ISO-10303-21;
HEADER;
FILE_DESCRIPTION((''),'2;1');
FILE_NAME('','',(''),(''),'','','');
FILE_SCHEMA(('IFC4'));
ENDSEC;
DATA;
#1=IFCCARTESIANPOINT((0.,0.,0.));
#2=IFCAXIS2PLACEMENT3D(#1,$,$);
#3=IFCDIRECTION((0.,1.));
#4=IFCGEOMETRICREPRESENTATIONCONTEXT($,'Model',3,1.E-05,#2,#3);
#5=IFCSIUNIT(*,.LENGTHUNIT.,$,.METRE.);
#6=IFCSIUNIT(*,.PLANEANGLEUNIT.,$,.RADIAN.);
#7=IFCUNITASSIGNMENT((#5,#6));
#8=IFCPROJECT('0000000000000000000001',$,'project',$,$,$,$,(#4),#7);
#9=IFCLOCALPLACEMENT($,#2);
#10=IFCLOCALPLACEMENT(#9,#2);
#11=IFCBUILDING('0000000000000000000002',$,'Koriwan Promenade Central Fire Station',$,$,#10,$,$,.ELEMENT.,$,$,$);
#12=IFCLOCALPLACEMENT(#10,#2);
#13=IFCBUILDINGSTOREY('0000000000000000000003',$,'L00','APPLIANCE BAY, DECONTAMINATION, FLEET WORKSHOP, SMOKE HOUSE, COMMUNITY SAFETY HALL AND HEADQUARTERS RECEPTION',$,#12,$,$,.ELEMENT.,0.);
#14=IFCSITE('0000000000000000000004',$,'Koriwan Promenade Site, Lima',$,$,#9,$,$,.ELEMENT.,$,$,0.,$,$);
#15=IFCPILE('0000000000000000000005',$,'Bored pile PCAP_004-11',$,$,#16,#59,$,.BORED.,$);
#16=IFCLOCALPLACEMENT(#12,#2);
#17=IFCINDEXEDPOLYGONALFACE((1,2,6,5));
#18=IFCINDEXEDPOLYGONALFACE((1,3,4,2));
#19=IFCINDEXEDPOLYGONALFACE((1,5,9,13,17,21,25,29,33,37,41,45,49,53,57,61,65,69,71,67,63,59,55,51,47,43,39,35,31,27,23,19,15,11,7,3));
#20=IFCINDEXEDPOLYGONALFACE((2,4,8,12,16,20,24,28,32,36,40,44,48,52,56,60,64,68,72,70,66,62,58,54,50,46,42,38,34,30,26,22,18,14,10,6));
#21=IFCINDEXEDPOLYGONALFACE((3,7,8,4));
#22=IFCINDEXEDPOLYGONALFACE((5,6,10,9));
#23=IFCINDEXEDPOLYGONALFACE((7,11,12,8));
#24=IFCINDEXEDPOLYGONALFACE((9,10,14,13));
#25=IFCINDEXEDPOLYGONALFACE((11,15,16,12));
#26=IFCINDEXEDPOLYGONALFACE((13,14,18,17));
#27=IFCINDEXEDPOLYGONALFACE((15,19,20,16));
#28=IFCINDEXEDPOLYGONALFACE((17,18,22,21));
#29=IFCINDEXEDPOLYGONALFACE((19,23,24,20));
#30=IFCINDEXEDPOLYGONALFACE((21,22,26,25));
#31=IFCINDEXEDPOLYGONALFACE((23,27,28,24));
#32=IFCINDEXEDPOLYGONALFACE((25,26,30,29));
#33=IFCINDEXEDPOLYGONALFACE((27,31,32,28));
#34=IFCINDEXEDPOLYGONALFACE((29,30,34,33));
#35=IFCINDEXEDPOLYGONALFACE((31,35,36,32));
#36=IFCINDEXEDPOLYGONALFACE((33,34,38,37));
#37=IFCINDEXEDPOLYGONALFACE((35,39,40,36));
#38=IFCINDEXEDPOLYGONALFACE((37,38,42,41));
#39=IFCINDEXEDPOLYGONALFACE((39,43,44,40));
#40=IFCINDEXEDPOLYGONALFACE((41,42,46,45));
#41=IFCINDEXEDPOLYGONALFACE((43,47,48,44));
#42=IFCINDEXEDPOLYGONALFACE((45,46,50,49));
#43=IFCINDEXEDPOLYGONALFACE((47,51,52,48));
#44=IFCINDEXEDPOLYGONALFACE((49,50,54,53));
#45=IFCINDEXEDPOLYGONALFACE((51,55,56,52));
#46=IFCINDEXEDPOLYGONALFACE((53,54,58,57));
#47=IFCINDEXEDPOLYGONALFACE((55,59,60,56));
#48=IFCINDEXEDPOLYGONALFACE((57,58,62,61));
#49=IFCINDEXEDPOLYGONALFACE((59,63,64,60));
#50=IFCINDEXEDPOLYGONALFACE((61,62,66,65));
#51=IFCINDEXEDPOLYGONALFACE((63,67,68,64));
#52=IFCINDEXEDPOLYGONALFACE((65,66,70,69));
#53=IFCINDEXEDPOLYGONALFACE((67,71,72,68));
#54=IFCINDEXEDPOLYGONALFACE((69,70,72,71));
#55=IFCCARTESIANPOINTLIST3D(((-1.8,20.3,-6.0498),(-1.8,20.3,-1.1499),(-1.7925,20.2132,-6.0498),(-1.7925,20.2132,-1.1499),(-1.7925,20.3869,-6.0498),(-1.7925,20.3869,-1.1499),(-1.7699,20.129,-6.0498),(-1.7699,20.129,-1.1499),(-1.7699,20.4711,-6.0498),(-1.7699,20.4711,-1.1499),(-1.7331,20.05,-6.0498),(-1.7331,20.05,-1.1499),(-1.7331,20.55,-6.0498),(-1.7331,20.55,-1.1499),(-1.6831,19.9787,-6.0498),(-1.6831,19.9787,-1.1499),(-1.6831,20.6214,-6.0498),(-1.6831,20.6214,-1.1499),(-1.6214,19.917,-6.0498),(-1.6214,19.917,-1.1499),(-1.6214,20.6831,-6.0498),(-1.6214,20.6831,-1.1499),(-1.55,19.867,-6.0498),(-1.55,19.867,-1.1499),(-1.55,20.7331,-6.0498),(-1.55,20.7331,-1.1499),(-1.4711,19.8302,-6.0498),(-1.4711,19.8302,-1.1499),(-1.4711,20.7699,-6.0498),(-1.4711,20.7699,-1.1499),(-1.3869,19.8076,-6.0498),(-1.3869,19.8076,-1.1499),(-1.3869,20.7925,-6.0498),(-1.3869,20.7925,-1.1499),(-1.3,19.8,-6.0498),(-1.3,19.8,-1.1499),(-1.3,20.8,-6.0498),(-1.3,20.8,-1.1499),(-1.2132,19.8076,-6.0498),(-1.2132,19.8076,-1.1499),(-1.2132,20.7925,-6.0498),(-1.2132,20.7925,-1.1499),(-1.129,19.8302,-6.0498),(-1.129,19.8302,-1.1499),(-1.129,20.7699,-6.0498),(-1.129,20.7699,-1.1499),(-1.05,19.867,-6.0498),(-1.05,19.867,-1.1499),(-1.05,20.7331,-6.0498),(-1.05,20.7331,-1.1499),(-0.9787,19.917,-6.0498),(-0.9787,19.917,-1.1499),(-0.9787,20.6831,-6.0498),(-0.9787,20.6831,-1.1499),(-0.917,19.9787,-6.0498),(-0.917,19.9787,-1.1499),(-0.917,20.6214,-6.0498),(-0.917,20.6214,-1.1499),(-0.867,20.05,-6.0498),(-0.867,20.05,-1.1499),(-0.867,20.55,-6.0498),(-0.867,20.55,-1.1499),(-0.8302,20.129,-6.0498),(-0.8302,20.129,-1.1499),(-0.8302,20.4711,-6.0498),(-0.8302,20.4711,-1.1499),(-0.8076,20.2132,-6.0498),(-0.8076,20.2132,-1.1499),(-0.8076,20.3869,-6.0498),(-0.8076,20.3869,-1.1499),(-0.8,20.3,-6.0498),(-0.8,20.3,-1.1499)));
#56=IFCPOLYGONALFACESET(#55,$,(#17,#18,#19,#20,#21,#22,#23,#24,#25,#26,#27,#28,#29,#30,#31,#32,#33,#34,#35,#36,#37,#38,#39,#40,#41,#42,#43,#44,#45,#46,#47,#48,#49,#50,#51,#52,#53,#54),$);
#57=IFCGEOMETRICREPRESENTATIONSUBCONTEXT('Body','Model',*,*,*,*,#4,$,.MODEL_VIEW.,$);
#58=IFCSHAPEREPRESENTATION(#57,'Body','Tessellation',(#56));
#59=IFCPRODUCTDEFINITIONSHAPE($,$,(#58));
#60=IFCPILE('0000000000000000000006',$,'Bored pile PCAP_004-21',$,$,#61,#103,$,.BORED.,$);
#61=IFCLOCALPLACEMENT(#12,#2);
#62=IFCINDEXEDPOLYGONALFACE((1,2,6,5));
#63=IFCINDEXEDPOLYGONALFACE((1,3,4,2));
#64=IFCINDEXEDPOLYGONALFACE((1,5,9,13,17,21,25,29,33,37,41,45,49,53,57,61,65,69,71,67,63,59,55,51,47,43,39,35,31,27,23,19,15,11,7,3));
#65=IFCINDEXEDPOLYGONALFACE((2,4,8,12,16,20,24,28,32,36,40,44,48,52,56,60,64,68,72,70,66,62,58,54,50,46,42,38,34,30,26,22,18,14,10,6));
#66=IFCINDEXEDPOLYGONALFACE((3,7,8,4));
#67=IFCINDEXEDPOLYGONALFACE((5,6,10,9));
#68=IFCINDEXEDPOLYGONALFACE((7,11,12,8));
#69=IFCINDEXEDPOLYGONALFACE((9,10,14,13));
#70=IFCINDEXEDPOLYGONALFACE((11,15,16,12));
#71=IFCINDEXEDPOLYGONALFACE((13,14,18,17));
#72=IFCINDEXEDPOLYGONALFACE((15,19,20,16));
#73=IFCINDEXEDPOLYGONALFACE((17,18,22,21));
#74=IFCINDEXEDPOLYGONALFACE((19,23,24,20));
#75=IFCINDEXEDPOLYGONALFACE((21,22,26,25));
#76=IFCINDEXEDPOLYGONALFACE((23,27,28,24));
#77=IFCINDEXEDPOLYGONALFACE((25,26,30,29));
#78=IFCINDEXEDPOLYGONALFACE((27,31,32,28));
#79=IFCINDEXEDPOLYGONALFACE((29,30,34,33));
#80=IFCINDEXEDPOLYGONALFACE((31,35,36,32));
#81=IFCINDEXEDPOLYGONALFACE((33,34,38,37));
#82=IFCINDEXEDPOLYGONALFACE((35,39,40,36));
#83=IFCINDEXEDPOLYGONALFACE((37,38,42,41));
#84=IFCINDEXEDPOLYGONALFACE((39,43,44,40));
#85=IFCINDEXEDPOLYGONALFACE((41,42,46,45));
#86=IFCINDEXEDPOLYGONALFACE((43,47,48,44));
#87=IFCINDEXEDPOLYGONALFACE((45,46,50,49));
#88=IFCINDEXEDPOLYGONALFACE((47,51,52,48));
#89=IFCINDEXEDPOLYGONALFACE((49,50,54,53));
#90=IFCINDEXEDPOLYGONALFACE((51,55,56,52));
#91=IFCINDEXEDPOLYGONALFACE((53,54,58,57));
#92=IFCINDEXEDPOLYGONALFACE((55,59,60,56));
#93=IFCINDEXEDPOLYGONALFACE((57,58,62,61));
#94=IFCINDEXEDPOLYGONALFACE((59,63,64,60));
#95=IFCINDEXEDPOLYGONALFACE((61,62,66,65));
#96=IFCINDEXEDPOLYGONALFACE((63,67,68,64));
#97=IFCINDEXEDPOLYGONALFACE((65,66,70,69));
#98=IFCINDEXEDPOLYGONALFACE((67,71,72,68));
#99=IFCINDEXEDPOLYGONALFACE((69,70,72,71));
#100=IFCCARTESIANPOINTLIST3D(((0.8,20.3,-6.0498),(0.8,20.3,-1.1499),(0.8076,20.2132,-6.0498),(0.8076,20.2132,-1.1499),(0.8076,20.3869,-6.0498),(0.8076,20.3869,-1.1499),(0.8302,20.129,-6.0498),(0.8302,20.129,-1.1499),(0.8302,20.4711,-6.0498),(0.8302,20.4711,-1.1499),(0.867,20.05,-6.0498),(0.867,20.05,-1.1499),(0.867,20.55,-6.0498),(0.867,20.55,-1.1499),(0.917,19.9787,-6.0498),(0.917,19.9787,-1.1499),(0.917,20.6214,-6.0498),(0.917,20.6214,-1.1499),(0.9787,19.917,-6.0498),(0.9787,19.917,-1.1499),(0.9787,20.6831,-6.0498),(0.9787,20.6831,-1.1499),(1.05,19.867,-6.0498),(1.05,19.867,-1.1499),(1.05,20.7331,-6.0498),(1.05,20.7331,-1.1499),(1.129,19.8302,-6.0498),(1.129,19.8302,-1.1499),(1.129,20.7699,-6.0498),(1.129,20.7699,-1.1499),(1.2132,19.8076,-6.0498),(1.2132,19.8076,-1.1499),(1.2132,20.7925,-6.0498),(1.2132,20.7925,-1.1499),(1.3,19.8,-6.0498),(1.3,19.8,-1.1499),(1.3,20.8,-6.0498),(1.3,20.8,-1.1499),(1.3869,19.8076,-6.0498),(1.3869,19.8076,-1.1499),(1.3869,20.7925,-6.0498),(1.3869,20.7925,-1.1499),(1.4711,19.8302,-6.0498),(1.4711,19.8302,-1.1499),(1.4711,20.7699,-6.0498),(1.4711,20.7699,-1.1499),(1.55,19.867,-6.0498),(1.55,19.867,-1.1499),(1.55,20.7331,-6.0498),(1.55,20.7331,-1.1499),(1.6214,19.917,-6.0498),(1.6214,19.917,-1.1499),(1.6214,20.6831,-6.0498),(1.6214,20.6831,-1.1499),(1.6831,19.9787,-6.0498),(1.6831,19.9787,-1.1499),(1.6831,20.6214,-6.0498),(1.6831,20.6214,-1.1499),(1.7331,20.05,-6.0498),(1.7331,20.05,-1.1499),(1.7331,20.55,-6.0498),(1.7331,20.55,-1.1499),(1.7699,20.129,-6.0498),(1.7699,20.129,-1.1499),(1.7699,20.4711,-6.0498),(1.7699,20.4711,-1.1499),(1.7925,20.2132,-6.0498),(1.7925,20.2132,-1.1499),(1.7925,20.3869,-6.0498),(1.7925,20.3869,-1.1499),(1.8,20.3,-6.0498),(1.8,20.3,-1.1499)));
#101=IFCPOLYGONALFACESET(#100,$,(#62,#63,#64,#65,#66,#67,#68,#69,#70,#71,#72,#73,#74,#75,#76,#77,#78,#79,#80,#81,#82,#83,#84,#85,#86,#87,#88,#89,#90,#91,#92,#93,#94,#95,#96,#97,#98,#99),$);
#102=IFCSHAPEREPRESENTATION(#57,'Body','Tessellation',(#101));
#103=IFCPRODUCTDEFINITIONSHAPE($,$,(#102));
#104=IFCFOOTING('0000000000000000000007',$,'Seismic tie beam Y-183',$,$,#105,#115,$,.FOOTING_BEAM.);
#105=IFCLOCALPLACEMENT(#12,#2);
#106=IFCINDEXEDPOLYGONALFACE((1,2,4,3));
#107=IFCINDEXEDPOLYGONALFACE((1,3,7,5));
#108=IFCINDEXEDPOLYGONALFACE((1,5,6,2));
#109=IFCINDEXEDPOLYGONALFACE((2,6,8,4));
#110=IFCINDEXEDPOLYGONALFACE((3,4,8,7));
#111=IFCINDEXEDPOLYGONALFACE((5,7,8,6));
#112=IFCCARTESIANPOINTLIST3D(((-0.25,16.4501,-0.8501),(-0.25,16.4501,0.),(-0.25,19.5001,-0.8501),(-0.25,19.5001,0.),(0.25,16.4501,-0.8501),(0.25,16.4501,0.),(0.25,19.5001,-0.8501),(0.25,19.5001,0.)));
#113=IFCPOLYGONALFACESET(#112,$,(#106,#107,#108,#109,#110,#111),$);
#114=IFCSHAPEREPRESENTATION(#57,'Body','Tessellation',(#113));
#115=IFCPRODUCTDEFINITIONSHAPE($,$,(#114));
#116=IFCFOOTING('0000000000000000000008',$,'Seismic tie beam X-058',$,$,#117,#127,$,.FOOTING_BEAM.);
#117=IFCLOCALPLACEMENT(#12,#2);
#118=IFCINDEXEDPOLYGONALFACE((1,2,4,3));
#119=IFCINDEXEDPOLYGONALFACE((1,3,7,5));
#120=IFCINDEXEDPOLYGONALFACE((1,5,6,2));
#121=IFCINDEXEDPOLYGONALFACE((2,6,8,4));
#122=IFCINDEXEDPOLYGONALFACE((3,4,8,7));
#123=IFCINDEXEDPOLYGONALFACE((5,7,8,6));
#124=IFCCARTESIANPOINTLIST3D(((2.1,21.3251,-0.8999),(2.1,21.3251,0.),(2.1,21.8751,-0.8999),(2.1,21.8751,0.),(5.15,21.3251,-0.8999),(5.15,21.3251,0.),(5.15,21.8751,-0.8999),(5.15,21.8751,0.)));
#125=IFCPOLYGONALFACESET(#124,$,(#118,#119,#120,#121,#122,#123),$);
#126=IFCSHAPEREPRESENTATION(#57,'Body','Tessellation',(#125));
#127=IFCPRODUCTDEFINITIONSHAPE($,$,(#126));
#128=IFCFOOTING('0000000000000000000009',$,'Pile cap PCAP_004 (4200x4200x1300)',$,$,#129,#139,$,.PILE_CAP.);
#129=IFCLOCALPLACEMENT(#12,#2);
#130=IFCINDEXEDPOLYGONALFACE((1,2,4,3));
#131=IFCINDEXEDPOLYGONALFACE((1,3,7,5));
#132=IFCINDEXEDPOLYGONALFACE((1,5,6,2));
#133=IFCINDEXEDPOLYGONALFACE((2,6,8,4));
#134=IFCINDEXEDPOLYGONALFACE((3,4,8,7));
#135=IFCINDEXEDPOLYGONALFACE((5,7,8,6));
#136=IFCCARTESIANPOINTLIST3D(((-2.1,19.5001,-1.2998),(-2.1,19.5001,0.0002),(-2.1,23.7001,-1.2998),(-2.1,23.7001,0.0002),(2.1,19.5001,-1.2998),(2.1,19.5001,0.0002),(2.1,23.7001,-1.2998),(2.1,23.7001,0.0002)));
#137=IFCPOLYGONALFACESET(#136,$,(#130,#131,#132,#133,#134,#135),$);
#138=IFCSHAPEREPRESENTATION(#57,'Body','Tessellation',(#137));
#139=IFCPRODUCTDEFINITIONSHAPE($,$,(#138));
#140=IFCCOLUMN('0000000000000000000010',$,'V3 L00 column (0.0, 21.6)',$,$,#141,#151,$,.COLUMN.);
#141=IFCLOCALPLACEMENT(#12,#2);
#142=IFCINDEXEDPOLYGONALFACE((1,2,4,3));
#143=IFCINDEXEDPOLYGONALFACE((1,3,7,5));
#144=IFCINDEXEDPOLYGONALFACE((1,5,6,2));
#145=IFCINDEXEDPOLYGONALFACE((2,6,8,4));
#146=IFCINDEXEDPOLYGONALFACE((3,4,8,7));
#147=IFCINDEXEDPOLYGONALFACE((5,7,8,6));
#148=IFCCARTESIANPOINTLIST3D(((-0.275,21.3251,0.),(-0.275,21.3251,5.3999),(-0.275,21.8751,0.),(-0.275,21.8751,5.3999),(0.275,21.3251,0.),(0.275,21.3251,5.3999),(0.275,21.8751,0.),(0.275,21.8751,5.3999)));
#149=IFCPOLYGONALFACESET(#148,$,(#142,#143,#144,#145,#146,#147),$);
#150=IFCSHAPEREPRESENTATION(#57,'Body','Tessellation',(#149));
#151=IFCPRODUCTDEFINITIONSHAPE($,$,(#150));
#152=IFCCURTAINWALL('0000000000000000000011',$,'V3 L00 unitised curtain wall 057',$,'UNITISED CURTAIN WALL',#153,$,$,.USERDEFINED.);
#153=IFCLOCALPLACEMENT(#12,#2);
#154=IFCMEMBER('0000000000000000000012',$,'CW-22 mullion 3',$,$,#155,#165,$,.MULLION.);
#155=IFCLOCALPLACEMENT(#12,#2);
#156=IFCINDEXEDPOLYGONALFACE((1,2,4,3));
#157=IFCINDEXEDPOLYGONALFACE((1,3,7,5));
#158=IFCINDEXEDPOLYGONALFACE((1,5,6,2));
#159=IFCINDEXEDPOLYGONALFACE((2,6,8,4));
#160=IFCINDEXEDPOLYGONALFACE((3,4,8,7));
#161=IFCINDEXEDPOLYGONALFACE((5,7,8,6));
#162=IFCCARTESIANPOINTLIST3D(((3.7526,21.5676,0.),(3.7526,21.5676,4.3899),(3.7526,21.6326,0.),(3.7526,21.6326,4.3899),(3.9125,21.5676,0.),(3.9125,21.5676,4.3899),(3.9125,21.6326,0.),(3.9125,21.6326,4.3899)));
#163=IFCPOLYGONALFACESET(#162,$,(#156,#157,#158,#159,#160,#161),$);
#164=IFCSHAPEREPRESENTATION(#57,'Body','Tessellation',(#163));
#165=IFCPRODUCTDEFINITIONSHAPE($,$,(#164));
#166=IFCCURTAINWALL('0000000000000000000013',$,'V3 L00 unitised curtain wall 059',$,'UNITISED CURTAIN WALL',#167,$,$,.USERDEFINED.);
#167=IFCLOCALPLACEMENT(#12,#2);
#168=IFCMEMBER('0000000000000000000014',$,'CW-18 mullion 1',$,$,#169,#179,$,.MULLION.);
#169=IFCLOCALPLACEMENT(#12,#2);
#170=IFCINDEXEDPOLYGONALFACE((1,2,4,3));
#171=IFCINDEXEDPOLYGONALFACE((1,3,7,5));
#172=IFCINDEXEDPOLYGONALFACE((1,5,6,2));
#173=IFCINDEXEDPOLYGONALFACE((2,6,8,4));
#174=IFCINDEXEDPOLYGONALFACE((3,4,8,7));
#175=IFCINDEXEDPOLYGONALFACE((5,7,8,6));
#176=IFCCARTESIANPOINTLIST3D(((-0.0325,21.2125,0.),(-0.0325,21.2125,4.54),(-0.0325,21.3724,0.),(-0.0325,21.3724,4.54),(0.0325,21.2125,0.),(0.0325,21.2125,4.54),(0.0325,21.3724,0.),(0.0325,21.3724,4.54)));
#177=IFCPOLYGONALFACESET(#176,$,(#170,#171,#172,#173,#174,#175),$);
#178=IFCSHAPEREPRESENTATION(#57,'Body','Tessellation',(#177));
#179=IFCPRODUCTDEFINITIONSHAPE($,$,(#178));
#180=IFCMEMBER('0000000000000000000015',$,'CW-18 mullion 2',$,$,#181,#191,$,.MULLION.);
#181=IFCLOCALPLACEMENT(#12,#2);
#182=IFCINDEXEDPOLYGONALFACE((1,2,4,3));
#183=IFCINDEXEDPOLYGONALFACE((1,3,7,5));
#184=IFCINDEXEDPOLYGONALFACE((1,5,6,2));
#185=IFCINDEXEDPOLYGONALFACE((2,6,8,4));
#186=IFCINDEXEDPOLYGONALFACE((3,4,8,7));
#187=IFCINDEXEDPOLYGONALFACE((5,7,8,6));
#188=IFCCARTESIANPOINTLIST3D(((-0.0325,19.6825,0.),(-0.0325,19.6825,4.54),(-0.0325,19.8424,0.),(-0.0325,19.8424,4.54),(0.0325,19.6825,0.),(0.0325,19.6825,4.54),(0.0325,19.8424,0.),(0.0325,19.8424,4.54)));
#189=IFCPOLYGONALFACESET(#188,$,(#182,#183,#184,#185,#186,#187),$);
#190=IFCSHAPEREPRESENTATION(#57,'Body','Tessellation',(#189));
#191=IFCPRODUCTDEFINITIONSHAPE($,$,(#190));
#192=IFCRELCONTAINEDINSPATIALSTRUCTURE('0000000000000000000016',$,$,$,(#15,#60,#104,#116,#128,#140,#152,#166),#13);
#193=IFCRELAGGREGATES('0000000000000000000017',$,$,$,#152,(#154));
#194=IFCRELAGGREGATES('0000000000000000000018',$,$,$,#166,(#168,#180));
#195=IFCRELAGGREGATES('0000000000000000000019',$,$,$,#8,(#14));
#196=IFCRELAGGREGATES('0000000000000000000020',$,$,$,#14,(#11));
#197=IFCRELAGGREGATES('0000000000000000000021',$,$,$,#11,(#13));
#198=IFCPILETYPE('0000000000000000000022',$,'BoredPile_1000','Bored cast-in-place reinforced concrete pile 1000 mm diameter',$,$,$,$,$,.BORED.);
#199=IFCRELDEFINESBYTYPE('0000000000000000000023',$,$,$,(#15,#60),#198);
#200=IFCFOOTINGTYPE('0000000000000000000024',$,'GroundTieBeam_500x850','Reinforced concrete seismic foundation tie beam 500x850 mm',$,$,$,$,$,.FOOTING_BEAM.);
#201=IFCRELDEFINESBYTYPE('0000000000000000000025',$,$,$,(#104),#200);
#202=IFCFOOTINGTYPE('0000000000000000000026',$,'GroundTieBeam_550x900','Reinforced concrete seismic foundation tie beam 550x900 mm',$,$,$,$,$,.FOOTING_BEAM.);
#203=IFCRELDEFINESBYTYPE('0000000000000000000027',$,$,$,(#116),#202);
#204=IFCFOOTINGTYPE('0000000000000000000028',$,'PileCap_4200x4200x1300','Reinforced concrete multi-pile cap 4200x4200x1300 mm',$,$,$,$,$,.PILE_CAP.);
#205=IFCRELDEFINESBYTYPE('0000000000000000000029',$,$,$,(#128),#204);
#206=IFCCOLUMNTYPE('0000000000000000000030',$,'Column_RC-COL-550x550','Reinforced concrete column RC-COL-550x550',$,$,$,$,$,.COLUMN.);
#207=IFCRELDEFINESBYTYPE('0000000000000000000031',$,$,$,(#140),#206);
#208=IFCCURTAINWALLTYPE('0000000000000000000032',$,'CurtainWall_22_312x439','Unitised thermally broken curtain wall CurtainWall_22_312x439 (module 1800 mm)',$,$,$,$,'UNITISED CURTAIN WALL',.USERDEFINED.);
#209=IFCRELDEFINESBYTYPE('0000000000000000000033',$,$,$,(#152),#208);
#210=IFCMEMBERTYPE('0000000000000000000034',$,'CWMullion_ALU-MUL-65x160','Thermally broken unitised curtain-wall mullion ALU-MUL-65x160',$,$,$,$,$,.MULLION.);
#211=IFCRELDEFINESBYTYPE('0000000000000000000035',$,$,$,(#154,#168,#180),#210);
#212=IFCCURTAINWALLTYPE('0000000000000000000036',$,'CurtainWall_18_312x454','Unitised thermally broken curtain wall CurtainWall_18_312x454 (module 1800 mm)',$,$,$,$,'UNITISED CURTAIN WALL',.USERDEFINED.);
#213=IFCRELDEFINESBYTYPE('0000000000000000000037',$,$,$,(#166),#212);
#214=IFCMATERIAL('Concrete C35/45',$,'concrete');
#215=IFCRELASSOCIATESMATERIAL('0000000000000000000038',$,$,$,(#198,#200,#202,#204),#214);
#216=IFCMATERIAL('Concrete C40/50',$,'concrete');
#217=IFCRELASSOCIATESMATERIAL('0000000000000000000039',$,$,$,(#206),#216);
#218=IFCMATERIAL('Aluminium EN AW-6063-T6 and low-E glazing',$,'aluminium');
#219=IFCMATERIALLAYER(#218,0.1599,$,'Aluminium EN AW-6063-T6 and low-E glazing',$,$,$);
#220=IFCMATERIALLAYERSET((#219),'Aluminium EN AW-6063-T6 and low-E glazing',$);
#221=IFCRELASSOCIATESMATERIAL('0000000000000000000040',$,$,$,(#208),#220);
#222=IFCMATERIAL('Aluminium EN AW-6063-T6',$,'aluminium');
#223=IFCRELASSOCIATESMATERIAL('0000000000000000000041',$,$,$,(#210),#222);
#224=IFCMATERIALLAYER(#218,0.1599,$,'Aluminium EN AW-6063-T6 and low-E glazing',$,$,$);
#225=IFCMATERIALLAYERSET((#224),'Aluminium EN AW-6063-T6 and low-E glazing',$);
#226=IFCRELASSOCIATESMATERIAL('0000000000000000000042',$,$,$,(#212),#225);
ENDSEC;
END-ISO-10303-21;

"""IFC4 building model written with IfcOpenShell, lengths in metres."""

from ifc_helpers import new_model, si_unit, direction, frame, origin, origin_2d, place, context, subcontext, project, spatial, rectangle, circle, extrude, material, layer, layer_set, material_profile, profile_set, type_object, element, aggregate, save


model = new_model("IFC4")

# Units and contexts
model_context = context("Model", 3, precision=1e-05, world=origin(), true_north=direction((0.0, 1.0)))
body_context = subcontext(model_context, "Body", "Model", "MODEL_VIEW")
ifc_project = project(units=[si_unit("LENGTHUNIT", "METRE"), si_unit("PLANEANGLEUNIT", "RADIAN")], contexts=[model_context])

# Site, building, storey
site_placement = place(None, origin())
site = spatial("IfcSite", under=ifc_project, at=site_placement, Name="Koriwan Promenade Site, Lima", CompositionType="ELEMENT", RefElevation=0.0)
building_placement = place(site_placement, origin())
building = spatial("IfcBuilding", under=site, at=building_placement, Name="Koriwan Promenade Central Fire Station", CompositionType="ELEMENT")
storey_placement = place(building_placement, origin())
storey = spatial("IfcBuildingStorey", under=building, at=storey_placement, Name="L00", Description="APPLIANCE BAY, DECONTAMINATION, FLEET WORKSHOP, SMOKE HOUSE, COMMUNITY SAFETY HALL AND HEADQUARTERS RECEPTION", CompositionType="ELEMENT", Elevation=0.0)

# Piles
ifc_material_1 = material(Name="Concrete C35/45", Category="concrete")
ifc_material_profile_1 = material_profile(ifc_material_1, circle(Radius=0.5, at=origin_2d()), Name="PILE-D1000")
ifc_profile_set_1 = profile_set([ifc_material_profile_1], Name="Concrete C35/45")
pile_type = type_object("IfcPileType", Name="BoredPile_1000", Description="Bored cast-in-place reinforced concrete pile 1000 mm diameter", PredefinedType="BORED", material=ifc_profile_set_1)
for number, where, z_axis, x_axis, name in (
    (1, (-1.3, 20.3, -1.1499), (0.0, 0.0, -1.0), (1.0, 0.0, 0.0), "Bored pile PCAP_004-11"),
    (2, (1.3, 20.3, -1.1499), (0.0, 0.0, -1.0), (1.0, 0.0, 0.0), "Bored pile PCAP_004-21"),
):
    element("IfcPile", number, at=place(storey_placement, frame(where, z_axis=z_axis, x_axis=x_axis)), inside=storey, type_object=pile_type, Name=name, PredefinedType="BORED", context=body_context, shape_type="SweptSolid", body=[
        extrude(circle(Radius=0.5, at=origin_2d()), origin(), (0.0, 0.0, 1.0), 4.8999),
    ])

# Footings
footing_type_1 = type_object("IfcFootingType", Name="GroundTieBeam_500x850", Description="Reinforced concrete seismic foundation tie beam 500x850 mm", PredefinedType="FOOTING_BEAM", material=ifc_material_1)
footing_1_placement = place(storey_placement, frame((0.0, 17.9751, -0.8501), z_axis=(0.0, 0.0, 1.0), x_axis=(0.0, 1.0, 0.0)))
element("IfcFooting", 3, at=footing_1_placement, inside=storey, type_object=footing_type_1, Name="Seismic tie beam Y-183", PredefinedType="FOOTING_BEAM", context=body_context, shape_type="SweptSolid", body=[
    extrude(rectangle(XDim=3.05, YDim=0.5, at=origin_2d()), origin(), (0.0, 0.0, 1.0), 0.8501),
])
footing_type_2 = type_object("IfcFootingType", Name="GroundTieBeam_550x900", Description="Reinforced concrete seismic foundation tie beam 550x900 mm", PredefinedType="FOOTING_BEAM", material=ifc_material_1)
footing_2_placement = place(storey_placement, frame((3.625, 21.6001, -0.8999), z_axis=(0.0, 0.0, 1.0), x_axis=(1.0, 0.0, 0.0)))
element("IfcFooting", 4, at=footing_2_placement, inside=storey, type_object=footing_type_2, Name="Seismic tie beam X-058", PredefinedType="FOOTING_BEAM", context=body_context, shape_type="SweptSolid", body=[
    extrude(rectangle(XDim=3.05, YDim=0.55, at=origin_2d()), origin(), (0.0, 0.0, 1.0), 0.8999),
])
footing_type_3 = type_object("IfcFootingType", Name="PileCap_4200x4200x1300", Description="Reinforced concrete multi-pile cap 4200x4200x1300 mm", PredefinedType="PILE_CAP", material=ifc_material_1)
footing_3_placement = place(storey_placement, frame((0.0, 21.6001, -1.2998), z_axis=(0.0, 0.0, 1.0), x_axis=(1.0, 0.0, 0.0)))
element("IfcFooting", 5, at=footing_3_placement, inside=storey, type_object=footing_type_3, Name="Pile cap PCAP_004 (4200x4200x1300)", PredefinedType="PILE_CAP", context=body_context, shape_type="SweptSolid", body=[
    extrude(rectangle(XDim=4.2, YDim=4.2, at=origin_2d()), origin(), (0.0, 0.0, 1.0), 1.3),
])

# Column
ifc_material_2 = material(Name="Concrete C40/50", Category="concrete")
ifc_material_profile_2 = material_profile(ifc_material_2, rectangle(XDim=0.55, YDim=0.55, at=origin_2d()), Name="RC-COL-550x550")
ifc_profile_set_2 = profile_set([ifc_material_profile_2], Name="Concrete C40/50")
column_type = type_object("IfcColumnType", Name="Column_RC-COL-550x550", Description="Reinforced concrete column RC-COL-550x550", PredefinedType="COLUMN", material=ifc_profile_set_2)
column_placement = place(storey_placement, frame((0.0, 21.6001, 0.0), z_axis=(0.0, 0.0, 1.0), x_axis=(1.0, 0.0, 0.0)))
element("IfcColumn", 6, at=column_placement, inside=storey, type_object=column_type, Name="V3 L00 column (0.0, 21.6)", PredefinedType="COLUMN", context=body_context, shape_type="SweptSolid", body=[
    extrude(rectangle(XDim=0.55, YDim=0.55, at=origin_2d()), origin(), (0.0, 0.0, 1.0), 5.3999),
])

# Curtain wall, member
ifc_material_3 = material(Name="Aluminium EN AW-6063-T6 and low-E glazing", Category="aluminium")
ifc_layer_1 = layer(ifc_material_3, 0.1599, Name="Aluminium EN AW-6063-T6 and low-E glazing")
ifc_layer_set_1 = layer_set([ifc_layer_1], Name="Aluminium EN AW-6063-T6 and low-E glazing")
curtain_wall_type_1 = type_object("IfcCurtainWallType", Name="CurtainWall_22_312x439", Description="Unitised thermally broken curtain wall CurtainWall_22_312x439 (module 1800 mm)", ElementType="UNITISED CURTAIN WALL", PredefinedType="USERDEFINED", material=ifc_layer_set_1)
curtain_wall_1_placement = place(storey_placement, origin())
curtain_wall_1 = element("IfcCurtainWall", 7, at=curtain_wall_1_placement, inside=storey, type_object=curtain_wall_type_1, Name="V3 L00 unitised curtain wall 057", ObjectType="UNITISED CURTAIN WALL", PredefinedType="USERDEFINED")
ifc_material_4 = material(Name="Aluminium EN AW-6063-T6", Category="aluminium")
ifc_material_profile_3 = material_profile(ifc_material_4, rectangle(XDim=0.0649, YDim=0.1599, at=origin_2d()), Name="ALU-MUL-65x160")
ifc_profile_set_3 = profile_set([ifc_material_profile_3], Name="Aluminium EN AW-6063-T6")
member_type_1 = type_object("IfcMemberType", Name="CWMullion_ALU-MUL-65x160", Description="Thermally broken unitised curtain-wall mullion ALU-MUL-65x160", PredefinedType="MULLION", material=ifc_profile_set_3)
member_1_placement = place(storey_placement, frame((3.8325, 21.6001, 0.0), z_axis=(0.0, 0.0, 1.0), x_axis=(0.0, -1.0, 0.0)))
member_1 = element("IfcMember", 8, at=member_1_placement, type_object=member_type_1, Name="CW-22 mullion 3", PredefinedType="MULLION", context=body_context, shape_type="SweptSolid", body=[
    extrude(rectangle(XDim=0.0649, YDim=0.1599, at=origin_2d()), origin(), (0.0, 0.0, 1.0), 4.3899),
])

# Curtain wall, members
ifc_layer_2 = layer(ifc_material_3, 0.1599, Name="Aluminium EN AW-6063-T6 and low-E glazing")
ifc_layer_set_2 = layer_set([ifc_layer_2], Name="Aluminium EN AW-6063-T6 and low-E glazing")
curtain_wall_type_2 = type_object("IfcCurtainWallType", Name="CurtainWall_18_312x454", Description="Unitised thermally broken curtain wall CurtainWall_18_312x454 (module 1800 mm)", ElementType="UNITISED CURTAIN WALL", PredefinedType="USERDEFINED", material=ifc_layer_set_2)
curtain_wall_2_placement = place(storey_placement, origin())
curtain_wall_2 = element("IfcCurtainWall", 9, at=curtain_wall_2_placement, inside=storey, type_object=curtain_wall_type_2, Name="V3 L00 unitised curtain wall 059", ObjectType="UNITISED CURTAIN WALL", PredefinedType="USERDEFINED")
member_2_placement = place(storey_placement, frame((0.0, 21.2925, 0.0), z_axis=(0.0, 0.0, 1.0), x_axis=(1.0, 0.0, 0.0)))
member_2 = element("IfcMember", 10, at=member_2_placement, type_object=member_type_1, Name="CW-18 mullion 1", PredefinedType="MULLION", context=body_context, shape_type="SweptSolid", body=[
    extrude(rectangle(XDim=0.0649, YDim=0.1599, at=origin_2d()), origin(), (0.0, 0.0, 1.0), 4.54),
])
member_3_placement = place(storey_placement, frame((0.0, 19.7625, 0.0), z_axis=(0.0, 0.0, 1.0), x_axis=(1.0, 0.0, 0.0)))
member_3 = element("IfcMember", 11, at=member_3_placement, type_object=member_type_1, Name="CW-18 mullion 2", PredefinedType="MULLION", context=body_context, shape_type="SweptSolid", body=[
    extrude(rectangle(XDim=0.0649, YDim=0.1599, at=origin_2d()), origin(), (0.0, 0.0, 1.0), 4.54),
])

aggregate(curtain_wall_1, [member_1])
aggregate(curtain_wall_2, [member_2, member_3])

save(model, "model.ifc")
